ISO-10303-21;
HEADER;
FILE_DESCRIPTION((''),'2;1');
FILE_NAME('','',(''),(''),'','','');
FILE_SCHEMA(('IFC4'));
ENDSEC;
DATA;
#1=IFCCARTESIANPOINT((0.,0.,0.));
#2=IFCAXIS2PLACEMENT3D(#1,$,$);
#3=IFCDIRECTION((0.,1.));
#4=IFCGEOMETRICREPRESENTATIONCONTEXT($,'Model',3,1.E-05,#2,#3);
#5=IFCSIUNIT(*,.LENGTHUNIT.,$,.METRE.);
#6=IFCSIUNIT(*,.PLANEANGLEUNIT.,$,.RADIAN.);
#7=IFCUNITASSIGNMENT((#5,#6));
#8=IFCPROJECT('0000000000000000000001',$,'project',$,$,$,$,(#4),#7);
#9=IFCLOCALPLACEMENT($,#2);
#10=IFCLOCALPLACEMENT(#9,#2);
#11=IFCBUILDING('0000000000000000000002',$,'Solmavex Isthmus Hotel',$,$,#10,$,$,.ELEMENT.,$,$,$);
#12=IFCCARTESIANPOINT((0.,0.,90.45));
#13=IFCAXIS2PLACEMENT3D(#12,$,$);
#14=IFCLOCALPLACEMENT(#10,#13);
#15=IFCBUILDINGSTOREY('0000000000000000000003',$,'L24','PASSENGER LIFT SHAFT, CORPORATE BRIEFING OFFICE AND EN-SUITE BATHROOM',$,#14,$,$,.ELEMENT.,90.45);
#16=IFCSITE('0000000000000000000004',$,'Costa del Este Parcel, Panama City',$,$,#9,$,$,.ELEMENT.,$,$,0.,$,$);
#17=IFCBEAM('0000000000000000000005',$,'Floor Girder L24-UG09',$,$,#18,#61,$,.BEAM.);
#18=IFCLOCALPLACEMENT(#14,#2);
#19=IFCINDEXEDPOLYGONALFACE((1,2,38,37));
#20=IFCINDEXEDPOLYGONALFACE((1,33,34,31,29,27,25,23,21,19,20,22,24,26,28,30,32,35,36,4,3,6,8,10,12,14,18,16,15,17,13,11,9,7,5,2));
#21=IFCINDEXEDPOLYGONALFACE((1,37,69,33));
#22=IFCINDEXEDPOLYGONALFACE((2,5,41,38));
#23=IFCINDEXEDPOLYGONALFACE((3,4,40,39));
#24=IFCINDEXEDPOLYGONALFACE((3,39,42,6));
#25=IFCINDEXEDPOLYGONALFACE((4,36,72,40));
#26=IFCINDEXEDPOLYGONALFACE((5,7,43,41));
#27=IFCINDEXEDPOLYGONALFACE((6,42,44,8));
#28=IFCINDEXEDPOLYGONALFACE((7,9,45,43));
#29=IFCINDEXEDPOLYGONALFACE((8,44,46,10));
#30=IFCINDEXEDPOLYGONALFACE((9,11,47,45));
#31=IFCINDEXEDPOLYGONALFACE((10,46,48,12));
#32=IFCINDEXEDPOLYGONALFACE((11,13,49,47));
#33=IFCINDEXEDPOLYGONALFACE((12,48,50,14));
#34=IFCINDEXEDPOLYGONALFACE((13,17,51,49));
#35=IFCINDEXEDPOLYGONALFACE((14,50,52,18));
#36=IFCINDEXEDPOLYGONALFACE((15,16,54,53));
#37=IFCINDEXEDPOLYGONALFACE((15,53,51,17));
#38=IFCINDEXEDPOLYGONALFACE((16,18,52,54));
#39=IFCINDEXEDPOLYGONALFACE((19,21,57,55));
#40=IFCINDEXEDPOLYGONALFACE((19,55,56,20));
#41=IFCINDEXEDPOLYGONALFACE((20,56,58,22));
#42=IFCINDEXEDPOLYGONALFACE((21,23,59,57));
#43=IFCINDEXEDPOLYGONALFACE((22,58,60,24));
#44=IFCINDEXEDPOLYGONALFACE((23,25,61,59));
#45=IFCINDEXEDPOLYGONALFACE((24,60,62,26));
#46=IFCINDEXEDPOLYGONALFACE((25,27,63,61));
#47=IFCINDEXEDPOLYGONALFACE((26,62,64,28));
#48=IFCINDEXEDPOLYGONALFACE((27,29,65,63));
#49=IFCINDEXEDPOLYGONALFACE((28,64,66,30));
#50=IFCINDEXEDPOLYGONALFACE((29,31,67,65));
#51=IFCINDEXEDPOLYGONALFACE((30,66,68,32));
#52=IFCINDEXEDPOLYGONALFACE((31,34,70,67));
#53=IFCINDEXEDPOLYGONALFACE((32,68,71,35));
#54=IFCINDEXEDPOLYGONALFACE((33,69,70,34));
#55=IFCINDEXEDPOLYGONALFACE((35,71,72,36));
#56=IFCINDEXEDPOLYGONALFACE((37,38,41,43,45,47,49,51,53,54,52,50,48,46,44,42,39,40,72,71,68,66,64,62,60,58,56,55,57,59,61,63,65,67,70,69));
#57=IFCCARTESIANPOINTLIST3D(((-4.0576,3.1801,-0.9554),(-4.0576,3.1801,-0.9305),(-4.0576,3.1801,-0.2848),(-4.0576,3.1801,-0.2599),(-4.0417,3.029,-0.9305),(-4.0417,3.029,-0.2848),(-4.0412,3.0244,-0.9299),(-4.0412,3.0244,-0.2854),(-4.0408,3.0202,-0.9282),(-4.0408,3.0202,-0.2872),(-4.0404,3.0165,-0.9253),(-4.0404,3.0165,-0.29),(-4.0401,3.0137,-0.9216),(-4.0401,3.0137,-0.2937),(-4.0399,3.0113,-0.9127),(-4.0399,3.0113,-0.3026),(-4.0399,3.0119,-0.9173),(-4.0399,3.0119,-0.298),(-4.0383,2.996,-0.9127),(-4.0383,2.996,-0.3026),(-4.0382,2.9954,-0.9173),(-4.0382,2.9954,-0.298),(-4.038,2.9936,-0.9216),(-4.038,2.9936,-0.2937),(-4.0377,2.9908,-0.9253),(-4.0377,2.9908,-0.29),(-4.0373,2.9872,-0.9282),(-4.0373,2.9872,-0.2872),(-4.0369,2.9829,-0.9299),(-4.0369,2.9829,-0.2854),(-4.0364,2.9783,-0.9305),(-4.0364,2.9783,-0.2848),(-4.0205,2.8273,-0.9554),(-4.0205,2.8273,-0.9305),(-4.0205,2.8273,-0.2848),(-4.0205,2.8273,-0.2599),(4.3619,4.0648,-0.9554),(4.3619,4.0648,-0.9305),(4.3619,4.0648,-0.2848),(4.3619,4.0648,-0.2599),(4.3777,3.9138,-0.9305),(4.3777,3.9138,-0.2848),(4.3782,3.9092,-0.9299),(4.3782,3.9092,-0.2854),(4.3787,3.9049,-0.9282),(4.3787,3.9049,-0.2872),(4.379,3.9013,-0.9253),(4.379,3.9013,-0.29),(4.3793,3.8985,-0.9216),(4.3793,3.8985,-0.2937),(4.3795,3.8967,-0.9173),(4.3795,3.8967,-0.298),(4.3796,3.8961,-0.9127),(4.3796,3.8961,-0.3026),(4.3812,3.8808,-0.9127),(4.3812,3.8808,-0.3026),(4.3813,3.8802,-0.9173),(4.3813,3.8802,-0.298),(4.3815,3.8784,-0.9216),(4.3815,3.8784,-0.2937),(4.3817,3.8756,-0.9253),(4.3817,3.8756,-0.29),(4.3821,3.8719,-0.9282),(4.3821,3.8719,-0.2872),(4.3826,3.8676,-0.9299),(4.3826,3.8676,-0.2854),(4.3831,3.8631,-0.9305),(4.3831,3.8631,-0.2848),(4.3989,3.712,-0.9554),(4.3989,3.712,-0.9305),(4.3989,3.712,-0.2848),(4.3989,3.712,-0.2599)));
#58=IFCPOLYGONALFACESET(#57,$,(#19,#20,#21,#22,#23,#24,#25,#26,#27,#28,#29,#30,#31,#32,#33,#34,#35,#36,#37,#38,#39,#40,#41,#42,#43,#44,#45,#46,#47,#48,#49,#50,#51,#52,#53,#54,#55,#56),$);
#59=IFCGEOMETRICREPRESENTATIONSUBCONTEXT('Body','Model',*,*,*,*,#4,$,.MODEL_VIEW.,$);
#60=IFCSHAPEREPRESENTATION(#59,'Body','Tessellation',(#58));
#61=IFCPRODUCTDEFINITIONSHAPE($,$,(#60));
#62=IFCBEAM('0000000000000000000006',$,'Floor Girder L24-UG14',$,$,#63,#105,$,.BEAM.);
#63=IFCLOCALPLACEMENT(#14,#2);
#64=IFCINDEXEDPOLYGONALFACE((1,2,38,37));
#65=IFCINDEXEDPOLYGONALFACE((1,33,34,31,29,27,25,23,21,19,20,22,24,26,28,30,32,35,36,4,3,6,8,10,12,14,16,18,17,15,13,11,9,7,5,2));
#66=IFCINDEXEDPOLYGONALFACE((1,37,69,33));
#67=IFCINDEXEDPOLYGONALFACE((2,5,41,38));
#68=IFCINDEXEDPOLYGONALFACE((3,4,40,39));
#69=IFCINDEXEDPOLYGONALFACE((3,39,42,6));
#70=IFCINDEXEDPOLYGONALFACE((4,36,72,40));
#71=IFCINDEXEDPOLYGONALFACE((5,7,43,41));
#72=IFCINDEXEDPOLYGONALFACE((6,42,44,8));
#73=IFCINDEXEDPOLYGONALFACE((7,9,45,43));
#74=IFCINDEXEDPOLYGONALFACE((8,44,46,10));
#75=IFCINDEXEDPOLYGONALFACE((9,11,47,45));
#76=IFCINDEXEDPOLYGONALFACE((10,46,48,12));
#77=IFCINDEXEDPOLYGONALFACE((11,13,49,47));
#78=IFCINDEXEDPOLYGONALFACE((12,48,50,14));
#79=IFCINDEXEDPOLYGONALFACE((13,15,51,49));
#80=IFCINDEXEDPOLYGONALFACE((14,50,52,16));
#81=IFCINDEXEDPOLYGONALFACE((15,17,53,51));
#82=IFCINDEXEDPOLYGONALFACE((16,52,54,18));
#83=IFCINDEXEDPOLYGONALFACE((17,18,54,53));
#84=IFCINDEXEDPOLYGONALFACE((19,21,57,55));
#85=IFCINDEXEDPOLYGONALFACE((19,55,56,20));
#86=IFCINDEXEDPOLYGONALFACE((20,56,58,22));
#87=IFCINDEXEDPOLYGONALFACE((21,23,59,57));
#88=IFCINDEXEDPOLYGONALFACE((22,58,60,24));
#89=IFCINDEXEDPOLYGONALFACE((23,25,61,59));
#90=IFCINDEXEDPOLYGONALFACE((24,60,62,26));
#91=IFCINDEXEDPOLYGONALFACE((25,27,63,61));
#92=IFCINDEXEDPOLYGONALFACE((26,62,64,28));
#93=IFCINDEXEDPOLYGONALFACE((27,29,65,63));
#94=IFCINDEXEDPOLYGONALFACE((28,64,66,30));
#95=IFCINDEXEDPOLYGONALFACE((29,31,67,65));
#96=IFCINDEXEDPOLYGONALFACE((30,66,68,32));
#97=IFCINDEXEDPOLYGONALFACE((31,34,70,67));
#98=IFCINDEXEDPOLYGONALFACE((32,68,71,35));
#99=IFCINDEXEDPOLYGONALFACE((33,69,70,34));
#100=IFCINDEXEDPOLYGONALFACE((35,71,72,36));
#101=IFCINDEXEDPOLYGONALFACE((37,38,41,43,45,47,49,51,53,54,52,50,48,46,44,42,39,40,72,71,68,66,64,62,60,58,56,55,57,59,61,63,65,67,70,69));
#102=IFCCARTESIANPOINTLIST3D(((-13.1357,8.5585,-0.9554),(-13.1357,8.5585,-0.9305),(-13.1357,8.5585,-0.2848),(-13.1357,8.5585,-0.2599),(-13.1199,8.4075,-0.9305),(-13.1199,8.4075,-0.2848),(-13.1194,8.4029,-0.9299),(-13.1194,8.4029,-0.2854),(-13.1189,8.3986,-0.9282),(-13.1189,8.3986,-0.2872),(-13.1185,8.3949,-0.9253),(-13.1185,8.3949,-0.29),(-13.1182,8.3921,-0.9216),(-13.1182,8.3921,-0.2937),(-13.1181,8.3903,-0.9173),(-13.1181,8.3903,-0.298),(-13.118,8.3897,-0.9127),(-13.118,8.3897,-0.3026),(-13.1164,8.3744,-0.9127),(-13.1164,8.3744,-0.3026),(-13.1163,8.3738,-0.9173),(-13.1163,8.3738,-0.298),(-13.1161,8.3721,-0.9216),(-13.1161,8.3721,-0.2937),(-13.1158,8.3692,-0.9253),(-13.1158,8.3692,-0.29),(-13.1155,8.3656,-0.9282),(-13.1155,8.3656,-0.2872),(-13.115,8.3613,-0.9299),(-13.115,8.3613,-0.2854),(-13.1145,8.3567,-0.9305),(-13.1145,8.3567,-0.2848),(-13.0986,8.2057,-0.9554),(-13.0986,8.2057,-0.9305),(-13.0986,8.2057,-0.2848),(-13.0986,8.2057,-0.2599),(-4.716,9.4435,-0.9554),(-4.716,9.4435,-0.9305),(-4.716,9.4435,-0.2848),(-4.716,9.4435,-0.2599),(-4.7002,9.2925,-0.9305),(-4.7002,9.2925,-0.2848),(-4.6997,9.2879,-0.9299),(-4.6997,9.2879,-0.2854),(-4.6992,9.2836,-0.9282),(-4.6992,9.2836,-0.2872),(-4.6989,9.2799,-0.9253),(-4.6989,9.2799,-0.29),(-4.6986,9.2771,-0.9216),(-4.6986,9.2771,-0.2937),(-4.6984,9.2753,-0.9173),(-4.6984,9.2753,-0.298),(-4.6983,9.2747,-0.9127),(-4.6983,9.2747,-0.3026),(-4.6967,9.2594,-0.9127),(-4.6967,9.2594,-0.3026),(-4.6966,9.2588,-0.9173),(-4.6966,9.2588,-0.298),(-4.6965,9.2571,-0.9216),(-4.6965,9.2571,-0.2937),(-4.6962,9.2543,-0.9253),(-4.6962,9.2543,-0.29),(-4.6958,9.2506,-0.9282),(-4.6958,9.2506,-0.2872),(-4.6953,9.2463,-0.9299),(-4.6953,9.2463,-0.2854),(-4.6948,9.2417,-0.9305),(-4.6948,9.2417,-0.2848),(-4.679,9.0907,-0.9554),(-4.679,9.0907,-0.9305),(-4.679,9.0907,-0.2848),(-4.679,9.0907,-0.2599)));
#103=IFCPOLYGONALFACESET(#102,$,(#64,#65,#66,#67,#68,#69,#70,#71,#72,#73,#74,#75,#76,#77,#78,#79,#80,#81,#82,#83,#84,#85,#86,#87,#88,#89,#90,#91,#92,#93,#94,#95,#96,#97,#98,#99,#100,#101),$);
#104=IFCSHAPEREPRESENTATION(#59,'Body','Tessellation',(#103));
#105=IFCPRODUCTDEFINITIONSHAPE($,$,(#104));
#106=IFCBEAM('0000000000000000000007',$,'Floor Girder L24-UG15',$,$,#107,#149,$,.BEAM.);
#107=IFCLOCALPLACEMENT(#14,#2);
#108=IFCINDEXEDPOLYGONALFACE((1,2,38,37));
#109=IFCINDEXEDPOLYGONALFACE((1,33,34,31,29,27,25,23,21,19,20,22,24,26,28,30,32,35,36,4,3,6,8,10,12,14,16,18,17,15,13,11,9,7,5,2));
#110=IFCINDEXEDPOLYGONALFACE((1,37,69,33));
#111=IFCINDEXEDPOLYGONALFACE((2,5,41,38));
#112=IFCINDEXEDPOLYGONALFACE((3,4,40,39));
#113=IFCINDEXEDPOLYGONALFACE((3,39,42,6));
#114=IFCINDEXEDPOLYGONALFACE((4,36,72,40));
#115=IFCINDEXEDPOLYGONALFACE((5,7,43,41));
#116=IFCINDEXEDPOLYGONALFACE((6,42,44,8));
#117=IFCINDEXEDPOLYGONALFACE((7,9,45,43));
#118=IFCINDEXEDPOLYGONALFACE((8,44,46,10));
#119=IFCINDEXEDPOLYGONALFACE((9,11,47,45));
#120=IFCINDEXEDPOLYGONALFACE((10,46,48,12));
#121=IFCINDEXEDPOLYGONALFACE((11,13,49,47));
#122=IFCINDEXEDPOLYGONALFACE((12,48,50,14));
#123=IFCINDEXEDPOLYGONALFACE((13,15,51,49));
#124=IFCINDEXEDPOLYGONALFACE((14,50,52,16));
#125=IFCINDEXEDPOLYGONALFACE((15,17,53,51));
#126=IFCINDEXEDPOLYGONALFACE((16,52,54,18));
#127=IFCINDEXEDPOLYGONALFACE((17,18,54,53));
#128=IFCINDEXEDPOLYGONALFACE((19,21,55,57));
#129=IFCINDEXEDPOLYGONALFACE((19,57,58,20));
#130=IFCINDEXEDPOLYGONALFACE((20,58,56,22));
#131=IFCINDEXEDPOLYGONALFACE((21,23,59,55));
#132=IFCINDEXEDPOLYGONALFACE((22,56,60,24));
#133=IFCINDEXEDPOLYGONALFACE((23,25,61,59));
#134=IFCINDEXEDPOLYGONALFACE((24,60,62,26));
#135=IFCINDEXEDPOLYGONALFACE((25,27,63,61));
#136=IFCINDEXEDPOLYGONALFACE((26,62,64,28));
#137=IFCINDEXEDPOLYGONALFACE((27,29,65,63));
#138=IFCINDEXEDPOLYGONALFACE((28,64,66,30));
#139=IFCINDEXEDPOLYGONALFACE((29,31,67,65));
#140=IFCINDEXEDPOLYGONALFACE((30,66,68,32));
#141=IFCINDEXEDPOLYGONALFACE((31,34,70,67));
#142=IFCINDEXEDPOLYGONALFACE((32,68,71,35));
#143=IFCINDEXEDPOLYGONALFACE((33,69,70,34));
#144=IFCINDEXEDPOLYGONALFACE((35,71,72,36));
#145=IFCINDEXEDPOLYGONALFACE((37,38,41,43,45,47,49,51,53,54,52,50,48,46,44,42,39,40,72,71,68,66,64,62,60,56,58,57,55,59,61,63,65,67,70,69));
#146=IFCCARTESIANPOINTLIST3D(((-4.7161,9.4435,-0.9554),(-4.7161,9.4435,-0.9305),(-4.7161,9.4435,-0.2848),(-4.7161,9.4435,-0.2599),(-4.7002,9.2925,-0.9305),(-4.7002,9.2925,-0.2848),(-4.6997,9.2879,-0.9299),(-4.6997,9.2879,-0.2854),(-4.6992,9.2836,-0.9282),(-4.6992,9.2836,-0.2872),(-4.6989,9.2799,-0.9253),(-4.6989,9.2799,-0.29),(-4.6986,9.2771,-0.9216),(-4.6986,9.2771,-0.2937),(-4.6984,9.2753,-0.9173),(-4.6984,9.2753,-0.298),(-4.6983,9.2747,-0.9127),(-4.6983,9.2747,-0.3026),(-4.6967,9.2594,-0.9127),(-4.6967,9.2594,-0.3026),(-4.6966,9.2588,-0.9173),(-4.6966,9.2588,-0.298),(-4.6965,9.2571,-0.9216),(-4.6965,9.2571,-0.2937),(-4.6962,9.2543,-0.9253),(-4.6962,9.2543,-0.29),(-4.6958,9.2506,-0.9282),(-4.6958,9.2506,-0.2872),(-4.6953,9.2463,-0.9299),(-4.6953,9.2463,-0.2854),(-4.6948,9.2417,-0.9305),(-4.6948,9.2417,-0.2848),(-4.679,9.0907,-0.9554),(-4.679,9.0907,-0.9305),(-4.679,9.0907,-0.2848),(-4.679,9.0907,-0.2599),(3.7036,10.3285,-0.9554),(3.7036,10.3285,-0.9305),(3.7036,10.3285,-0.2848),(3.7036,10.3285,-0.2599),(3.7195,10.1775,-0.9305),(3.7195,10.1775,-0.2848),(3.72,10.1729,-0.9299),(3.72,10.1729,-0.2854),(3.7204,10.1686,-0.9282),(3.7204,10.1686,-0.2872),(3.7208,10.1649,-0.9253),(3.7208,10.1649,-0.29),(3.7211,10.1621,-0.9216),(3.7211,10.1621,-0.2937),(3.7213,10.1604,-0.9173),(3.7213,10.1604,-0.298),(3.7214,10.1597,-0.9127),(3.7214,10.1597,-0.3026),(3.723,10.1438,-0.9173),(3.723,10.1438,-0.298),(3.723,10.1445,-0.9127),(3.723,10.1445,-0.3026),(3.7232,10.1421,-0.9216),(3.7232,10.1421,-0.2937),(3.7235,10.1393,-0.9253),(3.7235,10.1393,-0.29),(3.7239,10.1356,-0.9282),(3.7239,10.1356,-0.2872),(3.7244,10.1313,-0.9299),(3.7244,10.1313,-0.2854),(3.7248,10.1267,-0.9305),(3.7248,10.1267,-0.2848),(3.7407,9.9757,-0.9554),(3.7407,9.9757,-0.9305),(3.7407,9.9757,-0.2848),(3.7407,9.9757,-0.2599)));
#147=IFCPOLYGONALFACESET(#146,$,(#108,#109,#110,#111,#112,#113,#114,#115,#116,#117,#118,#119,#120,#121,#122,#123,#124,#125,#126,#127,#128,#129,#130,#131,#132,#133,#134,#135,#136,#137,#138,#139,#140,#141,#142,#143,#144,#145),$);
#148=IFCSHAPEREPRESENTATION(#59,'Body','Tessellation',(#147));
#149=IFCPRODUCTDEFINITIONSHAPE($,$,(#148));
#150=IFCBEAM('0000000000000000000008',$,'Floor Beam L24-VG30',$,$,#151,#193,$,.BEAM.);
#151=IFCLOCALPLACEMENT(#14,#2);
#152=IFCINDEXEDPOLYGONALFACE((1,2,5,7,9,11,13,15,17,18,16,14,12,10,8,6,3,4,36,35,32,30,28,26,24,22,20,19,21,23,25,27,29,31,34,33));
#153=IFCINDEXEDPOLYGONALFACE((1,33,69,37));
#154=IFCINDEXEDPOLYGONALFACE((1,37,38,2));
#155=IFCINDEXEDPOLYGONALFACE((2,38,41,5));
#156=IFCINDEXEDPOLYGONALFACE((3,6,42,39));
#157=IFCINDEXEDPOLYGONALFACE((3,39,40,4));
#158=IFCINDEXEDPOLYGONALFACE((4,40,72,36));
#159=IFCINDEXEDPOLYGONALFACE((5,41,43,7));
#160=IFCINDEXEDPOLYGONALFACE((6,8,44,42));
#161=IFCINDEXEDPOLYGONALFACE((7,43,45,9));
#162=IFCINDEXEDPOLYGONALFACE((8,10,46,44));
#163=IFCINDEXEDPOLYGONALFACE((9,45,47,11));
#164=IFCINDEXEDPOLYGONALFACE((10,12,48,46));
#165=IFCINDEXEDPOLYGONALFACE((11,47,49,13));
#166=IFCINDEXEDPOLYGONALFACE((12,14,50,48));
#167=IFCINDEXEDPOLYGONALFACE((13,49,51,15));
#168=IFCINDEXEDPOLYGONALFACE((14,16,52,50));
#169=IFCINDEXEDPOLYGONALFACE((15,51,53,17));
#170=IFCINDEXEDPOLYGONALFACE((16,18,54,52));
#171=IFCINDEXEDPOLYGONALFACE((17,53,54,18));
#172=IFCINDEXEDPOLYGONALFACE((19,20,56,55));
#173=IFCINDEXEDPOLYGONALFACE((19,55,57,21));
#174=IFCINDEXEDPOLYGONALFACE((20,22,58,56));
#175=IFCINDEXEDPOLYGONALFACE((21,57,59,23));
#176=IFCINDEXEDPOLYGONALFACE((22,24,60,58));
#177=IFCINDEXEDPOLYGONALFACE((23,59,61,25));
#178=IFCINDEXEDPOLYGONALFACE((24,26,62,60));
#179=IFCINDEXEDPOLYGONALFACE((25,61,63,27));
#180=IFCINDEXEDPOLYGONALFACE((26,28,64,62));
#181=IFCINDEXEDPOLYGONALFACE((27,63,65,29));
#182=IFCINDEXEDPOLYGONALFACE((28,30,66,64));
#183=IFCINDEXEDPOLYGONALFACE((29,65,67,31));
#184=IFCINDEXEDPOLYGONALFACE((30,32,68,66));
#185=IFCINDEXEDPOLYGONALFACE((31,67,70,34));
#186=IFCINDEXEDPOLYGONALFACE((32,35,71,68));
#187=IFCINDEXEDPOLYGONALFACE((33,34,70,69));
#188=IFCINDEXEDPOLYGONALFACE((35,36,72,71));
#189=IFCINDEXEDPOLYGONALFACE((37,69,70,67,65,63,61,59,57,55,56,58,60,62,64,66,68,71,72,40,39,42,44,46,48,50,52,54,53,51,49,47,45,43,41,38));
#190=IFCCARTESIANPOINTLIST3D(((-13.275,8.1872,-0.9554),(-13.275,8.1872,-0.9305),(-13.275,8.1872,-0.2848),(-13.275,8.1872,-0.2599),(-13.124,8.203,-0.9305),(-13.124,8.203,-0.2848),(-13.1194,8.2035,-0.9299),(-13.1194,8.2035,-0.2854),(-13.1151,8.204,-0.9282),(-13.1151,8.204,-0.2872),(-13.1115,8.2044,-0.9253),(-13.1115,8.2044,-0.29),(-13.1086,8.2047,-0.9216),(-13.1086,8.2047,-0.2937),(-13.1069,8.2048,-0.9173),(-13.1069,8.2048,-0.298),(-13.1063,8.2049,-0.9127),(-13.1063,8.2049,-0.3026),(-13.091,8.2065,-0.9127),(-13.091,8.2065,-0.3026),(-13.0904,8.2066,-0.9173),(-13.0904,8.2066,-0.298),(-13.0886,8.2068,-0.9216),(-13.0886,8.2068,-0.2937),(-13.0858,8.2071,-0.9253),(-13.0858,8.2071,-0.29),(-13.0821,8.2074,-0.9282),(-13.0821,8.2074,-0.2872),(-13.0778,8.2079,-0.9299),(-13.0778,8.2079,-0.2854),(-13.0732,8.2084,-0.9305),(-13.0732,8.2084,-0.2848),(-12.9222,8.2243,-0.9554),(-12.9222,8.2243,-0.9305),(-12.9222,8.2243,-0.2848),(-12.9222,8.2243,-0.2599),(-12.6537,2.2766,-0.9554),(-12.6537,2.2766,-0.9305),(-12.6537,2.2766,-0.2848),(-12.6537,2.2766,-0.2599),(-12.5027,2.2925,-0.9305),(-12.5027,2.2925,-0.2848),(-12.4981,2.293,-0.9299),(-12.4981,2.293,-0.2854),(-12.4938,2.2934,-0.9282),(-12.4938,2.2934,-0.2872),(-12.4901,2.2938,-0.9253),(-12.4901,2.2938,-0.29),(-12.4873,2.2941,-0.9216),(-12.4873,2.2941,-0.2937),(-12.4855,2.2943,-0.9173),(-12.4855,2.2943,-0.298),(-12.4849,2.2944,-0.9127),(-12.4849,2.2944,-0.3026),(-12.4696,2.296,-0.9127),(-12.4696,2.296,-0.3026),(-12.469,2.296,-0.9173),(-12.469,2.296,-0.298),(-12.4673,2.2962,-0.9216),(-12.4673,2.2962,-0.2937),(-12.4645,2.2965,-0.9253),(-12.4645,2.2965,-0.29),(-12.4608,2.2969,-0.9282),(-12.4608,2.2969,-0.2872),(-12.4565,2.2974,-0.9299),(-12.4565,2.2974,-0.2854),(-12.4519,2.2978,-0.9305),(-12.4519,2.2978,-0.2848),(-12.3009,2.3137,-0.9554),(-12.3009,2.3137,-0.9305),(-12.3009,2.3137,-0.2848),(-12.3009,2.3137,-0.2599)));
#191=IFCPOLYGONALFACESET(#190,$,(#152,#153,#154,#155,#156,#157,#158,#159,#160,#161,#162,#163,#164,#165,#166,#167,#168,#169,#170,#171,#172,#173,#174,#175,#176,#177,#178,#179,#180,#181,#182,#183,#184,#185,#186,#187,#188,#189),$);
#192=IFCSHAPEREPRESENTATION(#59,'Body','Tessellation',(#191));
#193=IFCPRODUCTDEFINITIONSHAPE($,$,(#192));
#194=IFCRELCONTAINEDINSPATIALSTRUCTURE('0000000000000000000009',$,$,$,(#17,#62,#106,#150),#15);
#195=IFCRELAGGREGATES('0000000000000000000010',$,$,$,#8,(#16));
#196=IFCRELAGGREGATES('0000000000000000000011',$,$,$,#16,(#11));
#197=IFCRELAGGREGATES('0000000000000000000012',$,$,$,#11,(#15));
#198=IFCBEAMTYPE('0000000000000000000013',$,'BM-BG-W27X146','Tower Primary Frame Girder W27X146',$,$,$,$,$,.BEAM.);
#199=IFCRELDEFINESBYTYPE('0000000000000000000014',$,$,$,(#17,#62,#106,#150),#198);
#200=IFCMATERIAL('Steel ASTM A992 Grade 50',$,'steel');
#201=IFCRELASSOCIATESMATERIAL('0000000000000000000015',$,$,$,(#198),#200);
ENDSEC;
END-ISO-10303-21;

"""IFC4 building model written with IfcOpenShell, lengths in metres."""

from ifc_helpers import new_model, si_unit, direction, frame, origin, origin_2d, place, context, subcontext, project, spatial, i_section, extrude, material, material_profile, profile_set, type_object, element, save


model = new_model("IFC4")

# Units and contexts
model_context = context("Model", 3, precision=1e-05, world=origin(), true_north=direction((0.0, 1.0)))
body_context = subcontext(model_context, "Body", "Model", "MODEL_VIEW")
ifc_project = project(units=[si_unit("LENGTHUNIT", "METRE"), si_unit("PLANEANGLEUNIT", "RADIAN")], contexts=[model_context])

# Site, building, storey
site_placement = place(None, origin())
site = spatial("IfcSite", under=ifc_project, at=site_placement, Name="Costa del Este Parcel, Panama City", CompositionType="ELEMENT", RefElevation=0.0)
building_placement = place(site_placement, origin())
building = spatial("IfcBuilding", under=site, at=building_placement, Name="Solmavex Isthmus Hotel", CompositionType="ELEMENT")
storey_placement = place(building_placement, frame((0.0, 0.0, 90.45)))
storey = spatial("IfcBuildingStorey", under=building, at=storey_placement, Name="L24", Description="PASSENGER LIFT SHAFT, CORPORATE BRIEFING OFFICE AND EN-SUITE BATHROOM", CompositionType="ELEMENT", Elevation=90.45)

# Beams
ifc_material_1 = material(Name="Steel ASTM A992 Grade 50", Category="steel")
ifc_material_profile_1 = material_profile(ifc_material_1, i_section(OverallWidth=0.3547, OverallDepth=0.6956, WebThickness=0.0154, FlangeThickness=0.0249, FilletRadius=0.0178, at=origin_2d()), Name="W27X146")
ifc_profile_set_1 = profile_set([ifc_material_profile_1], Name="Steel ASTM A992 Grade 50")
beam_type_1 = type_object("IfcBeamType", Name="BM-BG-W27X146", Description="Tower Primary Frame Girder W27X146", PredefinedType="BEAM", material=ifc_profile_set_1)
beam_1_placement = place(storey_placement, frame((-4.0391, 3.0037, -0.6077), z_axis=(0.994524, 0.104511, 0.0), x_axis=(-0.104511, 0.994524, 0.0)))
element("IfcBeam", 1, at=beam_1_placement, inside=storey, type_object=beam_type_1, Name="Floor Girder L24-UG09", PredefinedType="BEAM", context=body_context, shape_type="SweptSolid", body=[
    extrude(i_section(OverallWidth=0.3547, OverallDepth=0.6956, WebThickness=0.0154, FlangeThickness=0.0249, FilletRadius=0.0178, at=origin_2d()), origin(), (0.0, 0.0, 1.0), 8.4658),
])
for number, where, z_axis, x_axis, name in (
    (2, (-13.1172, 8.3821, -0.6077), (0.994521, 0.104536, 0.0), (-0.104536, 0.994521, 0.0), "Floor Girder L24-UG14"),
    (3, (-4.6975, 9.2671, -0.6077), (0.994521, 0.104536, 0.0), (-0.104536, 0.994521, 0.0), "Floor Girder L24-UG15"),
):
    element("IfcBeam", number, at=place(storey_placement, frame(where, z_axis=z_axis, x_axis=x_axis)), inside=storey, type_object=beam_type_1, Name=name, PredefinedType="BEAM", context=body_context, shape_type="SweptSolid", body=[
        extrude(i_section(OverallWidth=0.3547, OverallDepth=0.6956, WebThickness=0.0154, FlangeThickness=0.0249, FilletRadius=0.0178, at=origin_2d()), origin(), (0.0, 0.0, 1.0), 8.4661),
    ])
for number, where, z_axis, x_axis, name in (
    (4, (-12.4773, 2.2952, -0.6077), (-0.104546, 0.99452, 0.0), (-0.99452, -0.104546, 0.0), "Floor Beam L24-VG30"),
):
    element("IfcBeam", number, at=place(storey_placement, frame(where, z_axis=z_axis, x_axis=x_axis)), inside=storey, type_object=beam_type_1, Name=name, PredefinedType="BEAM", context=body_context, shape_type="SweptSolid", body=[
        extrude(i_section(OverallWidth=0.3547, OverallDepth=0.6956, WebThickness=0.0154, FlangeThickness=0.0249, FilletRadius=0.0178, at=origin_2d()), origin(), (0.0, 0.0, 1.0), 5.9431),
    ])

save(model, "model.ifc")
